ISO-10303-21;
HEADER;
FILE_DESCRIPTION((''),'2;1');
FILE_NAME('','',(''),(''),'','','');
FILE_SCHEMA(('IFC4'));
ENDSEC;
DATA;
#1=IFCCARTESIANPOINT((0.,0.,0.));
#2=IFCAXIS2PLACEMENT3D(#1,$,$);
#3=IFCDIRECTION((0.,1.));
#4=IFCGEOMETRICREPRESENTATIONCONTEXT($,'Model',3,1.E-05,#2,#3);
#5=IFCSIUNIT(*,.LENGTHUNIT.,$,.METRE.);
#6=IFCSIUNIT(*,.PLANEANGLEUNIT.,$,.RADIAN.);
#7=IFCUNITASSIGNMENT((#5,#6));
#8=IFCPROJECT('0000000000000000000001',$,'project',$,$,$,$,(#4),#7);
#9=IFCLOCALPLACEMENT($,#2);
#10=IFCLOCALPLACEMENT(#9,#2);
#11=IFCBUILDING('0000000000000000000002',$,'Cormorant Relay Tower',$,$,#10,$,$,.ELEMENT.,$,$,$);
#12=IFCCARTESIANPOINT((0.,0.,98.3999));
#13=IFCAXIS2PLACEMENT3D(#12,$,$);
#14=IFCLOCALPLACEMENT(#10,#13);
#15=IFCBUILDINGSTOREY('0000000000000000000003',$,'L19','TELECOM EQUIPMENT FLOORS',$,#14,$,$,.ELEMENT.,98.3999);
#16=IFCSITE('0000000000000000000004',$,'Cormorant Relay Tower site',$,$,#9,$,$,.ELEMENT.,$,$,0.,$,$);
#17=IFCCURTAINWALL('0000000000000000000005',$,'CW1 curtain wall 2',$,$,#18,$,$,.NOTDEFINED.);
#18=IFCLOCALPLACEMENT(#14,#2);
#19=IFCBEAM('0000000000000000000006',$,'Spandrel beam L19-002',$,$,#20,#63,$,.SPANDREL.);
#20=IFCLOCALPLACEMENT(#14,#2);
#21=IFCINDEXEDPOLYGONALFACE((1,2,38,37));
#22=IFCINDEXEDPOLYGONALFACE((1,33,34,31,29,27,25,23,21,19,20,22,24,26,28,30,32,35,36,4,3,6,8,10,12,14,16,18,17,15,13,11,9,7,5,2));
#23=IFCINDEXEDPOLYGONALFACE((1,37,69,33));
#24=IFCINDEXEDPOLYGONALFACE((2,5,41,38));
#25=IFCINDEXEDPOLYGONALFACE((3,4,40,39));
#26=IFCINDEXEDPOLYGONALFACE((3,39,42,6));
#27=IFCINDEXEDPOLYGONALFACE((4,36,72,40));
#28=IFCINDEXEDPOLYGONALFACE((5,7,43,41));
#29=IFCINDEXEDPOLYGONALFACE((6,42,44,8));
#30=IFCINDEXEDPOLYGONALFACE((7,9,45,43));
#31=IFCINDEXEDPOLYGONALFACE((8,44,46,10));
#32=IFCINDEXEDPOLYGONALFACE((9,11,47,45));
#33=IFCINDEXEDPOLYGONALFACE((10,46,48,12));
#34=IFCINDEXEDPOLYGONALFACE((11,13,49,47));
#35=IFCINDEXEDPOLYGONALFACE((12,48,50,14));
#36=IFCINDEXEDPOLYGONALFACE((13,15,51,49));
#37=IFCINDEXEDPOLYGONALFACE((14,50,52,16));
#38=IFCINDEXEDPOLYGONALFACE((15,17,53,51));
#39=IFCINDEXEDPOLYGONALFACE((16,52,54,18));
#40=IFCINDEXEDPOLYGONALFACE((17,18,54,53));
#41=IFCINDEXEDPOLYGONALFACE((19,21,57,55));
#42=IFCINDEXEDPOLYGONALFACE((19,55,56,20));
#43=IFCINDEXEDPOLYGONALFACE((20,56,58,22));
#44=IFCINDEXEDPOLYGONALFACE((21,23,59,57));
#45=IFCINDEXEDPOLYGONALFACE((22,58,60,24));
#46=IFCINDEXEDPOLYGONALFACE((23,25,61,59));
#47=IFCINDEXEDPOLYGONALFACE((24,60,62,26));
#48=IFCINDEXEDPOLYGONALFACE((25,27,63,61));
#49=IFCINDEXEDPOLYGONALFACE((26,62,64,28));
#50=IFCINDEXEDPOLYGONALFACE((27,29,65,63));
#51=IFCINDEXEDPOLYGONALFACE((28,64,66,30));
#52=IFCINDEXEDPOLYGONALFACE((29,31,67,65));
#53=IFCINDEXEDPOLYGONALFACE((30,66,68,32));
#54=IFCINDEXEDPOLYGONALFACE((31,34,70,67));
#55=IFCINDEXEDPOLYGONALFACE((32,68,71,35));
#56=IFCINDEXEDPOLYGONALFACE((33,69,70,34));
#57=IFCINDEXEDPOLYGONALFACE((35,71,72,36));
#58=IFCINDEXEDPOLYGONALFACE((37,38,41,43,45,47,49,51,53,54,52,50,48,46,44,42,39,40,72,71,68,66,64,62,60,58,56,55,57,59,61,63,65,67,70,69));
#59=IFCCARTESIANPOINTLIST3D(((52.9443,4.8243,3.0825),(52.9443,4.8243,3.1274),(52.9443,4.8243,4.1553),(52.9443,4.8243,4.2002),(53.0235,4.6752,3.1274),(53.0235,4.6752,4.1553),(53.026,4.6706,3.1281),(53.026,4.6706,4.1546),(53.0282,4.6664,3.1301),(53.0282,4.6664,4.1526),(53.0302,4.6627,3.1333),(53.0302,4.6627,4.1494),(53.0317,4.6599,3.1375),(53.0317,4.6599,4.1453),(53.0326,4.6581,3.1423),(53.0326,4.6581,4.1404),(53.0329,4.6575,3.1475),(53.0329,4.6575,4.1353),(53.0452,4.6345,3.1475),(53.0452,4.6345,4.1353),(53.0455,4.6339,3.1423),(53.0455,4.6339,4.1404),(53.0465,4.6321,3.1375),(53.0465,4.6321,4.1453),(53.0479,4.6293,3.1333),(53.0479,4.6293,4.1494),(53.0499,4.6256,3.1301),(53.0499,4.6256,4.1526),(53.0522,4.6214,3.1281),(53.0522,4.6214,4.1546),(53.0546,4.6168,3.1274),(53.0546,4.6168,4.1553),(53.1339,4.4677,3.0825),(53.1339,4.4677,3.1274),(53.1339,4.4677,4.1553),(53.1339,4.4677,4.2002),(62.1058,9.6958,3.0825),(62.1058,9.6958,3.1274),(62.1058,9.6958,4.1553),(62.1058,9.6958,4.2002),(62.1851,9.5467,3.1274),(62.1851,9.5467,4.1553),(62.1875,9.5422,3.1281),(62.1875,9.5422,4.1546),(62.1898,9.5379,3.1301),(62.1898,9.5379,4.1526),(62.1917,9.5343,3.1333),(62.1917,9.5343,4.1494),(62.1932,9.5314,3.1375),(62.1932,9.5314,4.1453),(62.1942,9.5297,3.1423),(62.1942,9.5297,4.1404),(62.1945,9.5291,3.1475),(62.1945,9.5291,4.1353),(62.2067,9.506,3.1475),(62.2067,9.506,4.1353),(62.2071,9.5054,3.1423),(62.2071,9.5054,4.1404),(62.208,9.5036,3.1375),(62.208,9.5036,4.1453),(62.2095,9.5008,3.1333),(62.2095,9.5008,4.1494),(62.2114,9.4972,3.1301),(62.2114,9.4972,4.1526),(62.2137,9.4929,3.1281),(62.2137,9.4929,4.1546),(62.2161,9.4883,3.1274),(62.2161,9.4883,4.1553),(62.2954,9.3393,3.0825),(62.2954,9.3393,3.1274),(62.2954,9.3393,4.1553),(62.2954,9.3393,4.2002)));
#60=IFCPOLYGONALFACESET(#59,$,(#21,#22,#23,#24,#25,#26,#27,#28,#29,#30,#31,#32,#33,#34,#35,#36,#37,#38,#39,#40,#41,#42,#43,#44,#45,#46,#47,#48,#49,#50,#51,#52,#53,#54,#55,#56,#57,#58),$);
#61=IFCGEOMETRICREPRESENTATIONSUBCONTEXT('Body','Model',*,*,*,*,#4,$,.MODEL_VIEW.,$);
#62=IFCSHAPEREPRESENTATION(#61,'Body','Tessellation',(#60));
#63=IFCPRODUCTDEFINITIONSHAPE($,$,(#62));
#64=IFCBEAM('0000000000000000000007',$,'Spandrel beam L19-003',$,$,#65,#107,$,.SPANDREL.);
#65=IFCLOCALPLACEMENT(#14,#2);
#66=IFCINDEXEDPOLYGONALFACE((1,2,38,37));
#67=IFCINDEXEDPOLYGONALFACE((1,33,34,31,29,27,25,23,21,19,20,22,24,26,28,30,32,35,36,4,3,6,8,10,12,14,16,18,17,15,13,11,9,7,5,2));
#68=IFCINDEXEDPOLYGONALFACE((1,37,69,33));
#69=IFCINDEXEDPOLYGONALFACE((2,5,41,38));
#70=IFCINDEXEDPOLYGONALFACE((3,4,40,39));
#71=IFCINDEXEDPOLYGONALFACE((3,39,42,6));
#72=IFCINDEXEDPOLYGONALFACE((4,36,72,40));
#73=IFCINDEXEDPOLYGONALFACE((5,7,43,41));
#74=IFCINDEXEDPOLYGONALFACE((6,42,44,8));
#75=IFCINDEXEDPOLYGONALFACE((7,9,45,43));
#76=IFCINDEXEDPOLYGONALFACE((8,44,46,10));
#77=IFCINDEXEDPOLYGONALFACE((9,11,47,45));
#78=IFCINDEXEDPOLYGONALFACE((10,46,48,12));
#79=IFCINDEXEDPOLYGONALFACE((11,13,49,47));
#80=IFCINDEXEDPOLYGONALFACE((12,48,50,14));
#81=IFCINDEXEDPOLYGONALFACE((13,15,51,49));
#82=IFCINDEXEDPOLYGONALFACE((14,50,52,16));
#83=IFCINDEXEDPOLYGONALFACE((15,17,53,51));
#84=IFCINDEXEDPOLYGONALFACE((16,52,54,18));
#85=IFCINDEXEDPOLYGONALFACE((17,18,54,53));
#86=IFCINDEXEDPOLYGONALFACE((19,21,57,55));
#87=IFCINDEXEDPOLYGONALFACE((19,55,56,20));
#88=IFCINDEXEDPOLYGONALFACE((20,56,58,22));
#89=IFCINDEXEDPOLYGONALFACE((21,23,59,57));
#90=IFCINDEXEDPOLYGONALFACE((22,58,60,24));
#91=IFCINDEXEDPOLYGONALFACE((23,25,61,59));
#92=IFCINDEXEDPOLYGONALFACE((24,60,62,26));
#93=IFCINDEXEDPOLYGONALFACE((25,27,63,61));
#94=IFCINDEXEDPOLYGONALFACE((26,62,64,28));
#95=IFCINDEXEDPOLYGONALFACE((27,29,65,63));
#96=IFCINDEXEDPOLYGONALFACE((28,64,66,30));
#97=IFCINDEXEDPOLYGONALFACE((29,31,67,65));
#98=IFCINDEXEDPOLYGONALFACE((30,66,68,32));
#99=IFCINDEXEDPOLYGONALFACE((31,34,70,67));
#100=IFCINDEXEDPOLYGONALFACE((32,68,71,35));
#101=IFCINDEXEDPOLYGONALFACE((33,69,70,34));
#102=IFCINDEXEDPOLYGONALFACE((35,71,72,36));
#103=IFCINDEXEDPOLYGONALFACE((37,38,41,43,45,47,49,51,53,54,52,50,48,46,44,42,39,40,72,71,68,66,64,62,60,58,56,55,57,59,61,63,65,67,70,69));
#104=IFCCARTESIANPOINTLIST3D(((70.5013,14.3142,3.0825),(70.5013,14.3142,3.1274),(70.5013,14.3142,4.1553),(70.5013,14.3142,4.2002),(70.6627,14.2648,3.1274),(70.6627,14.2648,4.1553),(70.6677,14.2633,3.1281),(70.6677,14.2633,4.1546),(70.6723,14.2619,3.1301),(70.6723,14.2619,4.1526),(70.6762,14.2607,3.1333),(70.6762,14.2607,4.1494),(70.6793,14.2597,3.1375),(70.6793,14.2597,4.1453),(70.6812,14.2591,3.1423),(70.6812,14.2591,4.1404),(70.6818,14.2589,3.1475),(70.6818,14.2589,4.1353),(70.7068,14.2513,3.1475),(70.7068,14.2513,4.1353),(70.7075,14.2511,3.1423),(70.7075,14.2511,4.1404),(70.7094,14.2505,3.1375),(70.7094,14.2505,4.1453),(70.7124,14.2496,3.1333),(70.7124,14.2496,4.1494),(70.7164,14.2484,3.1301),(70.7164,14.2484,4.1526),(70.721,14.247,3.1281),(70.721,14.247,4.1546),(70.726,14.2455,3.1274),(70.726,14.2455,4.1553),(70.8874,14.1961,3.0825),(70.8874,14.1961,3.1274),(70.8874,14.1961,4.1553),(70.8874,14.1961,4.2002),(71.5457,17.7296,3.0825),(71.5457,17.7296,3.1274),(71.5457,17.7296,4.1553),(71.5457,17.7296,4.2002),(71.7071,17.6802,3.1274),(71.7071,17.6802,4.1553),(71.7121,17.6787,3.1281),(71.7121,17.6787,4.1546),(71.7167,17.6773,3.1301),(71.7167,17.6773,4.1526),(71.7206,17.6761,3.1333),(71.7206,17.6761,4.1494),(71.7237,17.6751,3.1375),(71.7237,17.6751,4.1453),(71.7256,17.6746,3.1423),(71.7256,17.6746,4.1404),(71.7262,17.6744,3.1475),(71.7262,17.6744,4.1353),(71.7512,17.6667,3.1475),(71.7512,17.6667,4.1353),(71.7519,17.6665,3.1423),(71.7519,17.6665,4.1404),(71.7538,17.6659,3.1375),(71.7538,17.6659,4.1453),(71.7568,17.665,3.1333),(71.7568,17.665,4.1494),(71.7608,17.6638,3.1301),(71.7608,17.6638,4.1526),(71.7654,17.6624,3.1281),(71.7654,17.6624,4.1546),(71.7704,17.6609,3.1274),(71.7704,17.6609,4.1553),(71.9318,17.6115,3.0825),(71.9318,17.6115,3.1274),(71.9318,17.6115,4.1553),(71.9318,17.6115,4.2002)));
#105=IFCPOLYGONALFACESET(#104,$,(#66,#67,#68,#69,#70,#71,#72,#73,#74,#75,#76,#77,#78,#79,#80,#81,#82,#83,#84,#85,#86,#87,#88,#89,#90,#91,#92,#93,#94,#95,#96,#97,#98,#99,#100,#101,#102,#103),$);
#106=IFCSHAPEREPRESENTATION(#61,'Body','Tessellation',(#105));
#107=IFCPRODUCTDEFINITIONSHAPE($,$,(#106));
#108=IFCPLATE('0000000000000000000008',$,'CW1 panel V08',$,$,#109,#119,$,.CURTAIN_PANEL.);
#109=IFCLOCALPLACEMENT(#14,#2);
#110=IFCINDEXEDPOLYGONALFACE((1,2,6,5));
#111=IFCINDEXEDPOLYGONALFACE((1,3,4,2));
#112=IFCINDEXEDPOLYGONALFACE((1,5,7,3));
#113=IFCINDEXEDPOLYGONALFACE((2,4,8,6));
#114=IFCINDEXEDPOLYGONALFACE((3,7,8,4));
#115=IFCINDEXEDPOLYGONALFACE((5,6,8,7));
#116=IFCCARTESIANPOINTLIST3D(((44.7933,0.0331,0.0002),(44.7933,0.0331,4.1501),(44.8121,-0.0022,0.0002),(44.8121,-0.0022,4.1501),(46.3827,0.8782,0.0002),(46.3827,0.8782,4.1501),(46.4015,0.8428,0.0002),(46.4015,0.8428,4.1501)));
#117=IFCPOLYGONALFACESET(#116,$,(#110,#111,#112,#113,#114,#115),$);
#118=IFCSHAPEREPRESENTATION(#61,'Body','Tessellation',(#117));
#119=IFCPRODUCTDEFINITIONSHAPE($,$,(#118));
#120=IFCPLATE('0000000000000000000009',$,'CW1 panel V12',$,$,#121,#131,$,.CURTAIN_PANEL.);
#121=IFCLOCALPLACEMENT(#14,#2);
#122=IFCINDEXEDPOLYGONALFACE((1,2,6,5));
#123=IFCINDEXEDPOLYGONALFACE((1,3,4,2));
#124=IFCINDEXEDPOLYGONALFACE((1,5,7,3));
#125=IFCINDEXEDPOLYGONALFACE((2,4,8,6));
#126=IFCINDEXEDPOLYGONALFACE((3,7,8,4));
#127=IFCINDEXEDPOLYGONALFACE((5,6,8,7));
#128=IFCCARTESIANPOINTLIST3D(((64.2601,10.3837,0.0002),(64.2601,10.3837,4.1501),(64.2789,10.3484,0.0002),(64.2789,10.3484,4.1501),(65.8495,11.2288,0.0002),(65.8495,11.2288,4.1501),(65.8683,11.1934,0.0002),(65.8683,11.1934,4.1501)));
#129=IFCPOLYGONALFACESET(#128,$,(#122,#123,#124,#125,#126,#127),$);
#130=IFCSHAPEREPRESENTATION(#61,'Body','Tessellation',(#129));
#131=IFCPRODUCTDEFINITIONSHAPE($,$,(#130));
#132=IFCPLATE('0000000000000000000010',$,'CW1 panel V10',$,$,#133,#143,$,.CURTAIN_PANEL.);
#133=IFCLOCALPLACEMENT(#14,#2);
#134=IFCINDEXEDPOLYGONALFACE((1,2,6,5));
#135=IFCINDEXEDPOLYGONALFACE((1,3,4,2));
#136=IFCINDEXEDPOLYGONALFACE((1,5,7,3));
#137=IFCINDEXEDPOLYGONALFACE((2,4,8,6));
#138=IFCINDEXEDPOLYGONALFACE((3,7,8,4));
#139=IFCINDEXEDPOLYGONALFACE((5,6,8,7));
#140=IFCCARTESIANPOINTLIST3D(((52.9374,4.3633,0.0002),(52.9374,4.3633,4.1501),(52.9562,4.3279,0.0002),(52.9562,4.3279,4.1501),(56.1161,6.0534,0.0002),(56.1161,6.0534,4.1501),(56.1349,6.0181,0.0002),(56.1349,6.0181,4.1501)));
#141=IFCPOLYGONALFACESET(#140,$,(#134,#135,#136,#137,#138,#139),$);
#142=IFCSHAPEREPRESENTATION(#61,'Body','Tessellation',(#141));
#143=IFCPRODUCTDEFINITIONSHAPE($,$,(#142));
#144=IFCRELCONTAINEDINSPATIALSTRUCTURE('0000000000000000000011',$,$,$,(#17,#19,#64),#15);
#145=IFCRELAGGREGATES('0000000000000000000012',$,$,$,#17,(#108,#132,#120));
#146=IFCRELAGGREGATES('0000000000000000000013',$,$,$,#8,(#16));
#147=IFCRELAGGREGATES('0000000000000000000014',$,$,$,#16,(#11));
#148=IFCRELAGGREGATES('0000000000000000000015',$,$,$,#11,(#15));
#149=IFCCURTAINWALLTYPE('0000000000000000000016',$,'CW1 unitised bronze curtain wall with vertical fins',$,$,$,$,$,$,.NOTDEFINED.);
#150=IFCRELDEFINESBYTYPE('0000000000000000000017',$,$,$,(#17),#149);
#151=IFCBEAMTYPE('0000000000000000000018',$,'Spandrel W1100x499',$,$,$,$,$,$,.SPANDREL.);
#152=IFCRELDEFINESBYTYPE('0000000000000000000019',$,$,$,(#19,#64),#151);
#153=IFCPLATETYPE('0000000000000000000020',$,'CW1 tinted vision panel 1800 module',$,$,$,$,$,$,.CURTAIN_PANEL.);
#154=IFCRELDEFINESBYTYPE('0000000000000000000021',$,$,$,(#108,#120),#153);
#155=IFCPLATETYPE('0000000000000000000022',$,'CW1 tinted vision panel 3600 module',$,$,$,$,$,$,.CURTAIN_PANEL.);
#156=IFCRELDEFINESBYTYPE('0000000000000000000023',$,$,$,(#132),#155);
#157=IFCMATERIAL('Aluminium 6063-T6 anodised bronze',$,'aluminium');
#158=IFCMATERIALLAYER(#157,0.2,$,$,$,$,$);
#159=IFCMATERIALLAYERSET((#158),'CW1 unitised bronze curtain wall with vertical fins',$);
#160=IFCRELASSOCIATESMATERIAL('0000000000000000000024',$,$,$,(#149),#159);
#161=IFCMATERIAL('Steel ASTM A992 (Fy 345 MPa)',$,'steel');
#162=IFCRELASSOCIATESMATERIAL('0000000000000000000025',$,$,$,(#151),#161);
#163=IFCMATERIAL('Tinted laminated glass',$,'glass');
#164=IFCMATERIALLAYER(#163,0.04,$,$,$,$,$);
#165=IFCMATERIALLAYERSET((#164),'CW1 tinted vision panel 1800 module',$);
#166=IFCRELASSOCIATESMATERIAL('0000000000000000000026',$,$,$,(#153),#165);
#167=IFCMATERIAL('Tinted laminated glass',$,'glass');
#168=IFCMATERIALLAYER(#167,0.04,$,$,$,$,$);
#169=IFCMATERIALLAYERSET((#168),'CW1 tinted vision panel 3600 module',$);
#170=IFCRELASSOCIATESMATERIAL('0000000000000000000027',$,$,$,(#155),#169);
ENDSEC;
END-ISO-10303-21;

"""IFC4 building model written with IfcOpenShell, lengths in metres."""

from ifc_helpers import new_model, si_unit, direction, frame, origin, origin_2d, place, context, subcontext, project, spatial, rectangle, i_section, extrude, material, layer, layer_set, material_profile, profile_set, type_object, element, aggregate, save


model = new_model("IFC4")

# Units and contexts
model_context = context("Model", 3, precision=1e-05, world=origin(), true_north=direction((0.0, 1.0)))
body_context = subcontext(model_context, "Body", "Model", "MODEL_VIEW")
ifc_project = project(units=[si_unit("LENGTHUNIT", "METRE"), si_unit("PLANEANGLEUNIT", "RADIAN")], contexts=[model_context])

# Site, building, storey
site_placement = place(None, origin())
site = spatial("IfcSite", under=ifc_project, at=site_placement, Name="Cormorant Relay Tower site", CompositionType="ELEMENT", RefElevation=0.0)
building_placement = place(site_placement, origin())
building = spatial("IfcBuilding", under=site, at=building_placement, Name="Cormorant Relay Tower", CompositionType="ELEMENT")
storey_placement = place(building_placement, frame((0.0, 0.0, 98.3999)))
storey = spatial("IfcBuildingStorey", under=building, at=storey_placement, Name="L19", Description="TELECOM EQUIPMENT FLOORS", CompositionType="ELEMENT", Elevation=98.3999)

# Curtain wall
ifc_material_1 = material(Name="Aluminium 6063-T6 anodised bronze", Category="aluminium")
ifc_layer_1 = layer(ifc_material_1, 0.2)
ifc_layer_set_1 = layer_set([ifc_layer_1], Name="CW1 unitised bronze curtain wall with vertical fins")
curtain_wall_type = type_object("IfcCurtainWallType", Name="CW1 unitised bronze curtain wall with vertical fins", PredefinedType="NOTDEFINED", material=ifc_layer_set_1)
curtain_wall_1_placement = place(storey_placement, origin())
curtain_wall_1 = element("IfcCurtainWall", 1, at=curtain_wall_1_placement, inside=storey, type_object=curtain_wall_type, Name="CW1 curtain wall 2", PredefinedType="NOTDEFINED")

# Beams
ifc_material_2 = material(Name="Steel ASTM A992 (Fy 345 MPa)", Category="steel")
ifc_material_profile_1 = material_profile(ifc_material_2, i_section(OverallWidth=0.4038, OverallDepth=1.1177, WebThickness=0.0261, FlangeThickness=0.0449, FilletRadius=0.02, at=origin_2d()), Name="W1100x499")
ifc_profile_set_1 = profile_set([ifc_material_profile_1], Name="Steel ASTM A992 (Fy 345 MPa)")
beam_type = type_object("IfcBeamType", Name="Spandrel W1100x499", PredefinedType="SPANDREL", material=ifc_profile_set_1)
beam_1_placement = place(storey_placement, frame((53.0391, 4.646, 3.6414), z_axis=(0.882937, 0.469491, 0.0), x_axis=(-0.469491, 0.882937, 0.0)))
element("IfcBeam", 2, at=beam_1_placement, inside=storey, type_object=beam_type, Name="Spandrel beam L19-002", PredefinedType="SPANDREL", context=body_context, shape_type="SweptSolid", body=[
    extrude(i_section(OverallWidth=0.4038, OverallDepth=1.1177, WebThickness=0.0261, FlangeThickness=0.0449, FilletRadius=0.02, at=origin_2d()), origin(), (0.0, 0.0, 1.0), 10.3762),
])
beam_2_placement = place(storey_placement, frame((70.6943, 14.2551, 3.6414), z_axis=(0.292423, 0.956289, 0.0), x_axis=(-0.956289, 0.292423, 0.0)))
element("IfcBeam", 3, at=beam_2_placement, inside=storey, type_object=beam_type, Name="Spandrel beam L19-003", PredefinedType="SPANDREL", context=body_context, shape_type="SweptSolid", body=[
    extrude(i_section(OverallWidth=0.4038, OverallDepth=1.1177, WebThickness=0.0261, FlangeThickness=0.0449, FilletRadius=0.02, at=origin_2d()), origin(), (0.0, 0.0, 1.0), 3.5715),
])

# Plates
ifc_material_3 = material(Name="Tinted laminated glass", Category="glass")
ifc_layer_2 = layer(ifc_material_3, 0.04)
ifc_layer_set_2 = layer_set([ifc_layer_2], Name="CW1 tinted vision panel 1800 module")
plate_type_1 = type_object("IfcPlateType", Name="CW1 tinted vision panel 1800 module", PredefinedType="CURTAIN_PANEL", material=ifc_layer_set_2)
plate_1_placement = place(storey_placement, frame((45.5974, 0.438, 0.0002), z_axis=(0.0, 0.0, 1.0), x_axis=(0.882948, 0.469472, 0.0)))
plate_1 = element("IfcPlate", 4, at=plate_1_placement, type_object=plate_type_1, Name="CW1 panel V08", PredefinedType="CURTAIN_PANEL", context=body_context, shape_type="SweptSolid", body=[
    extrude(rectangle(XDim=1.8, YDim=0.04, at=origin_2d()), origin(), (0.0, 0.0, 1.0), 4.1499),
])
plate_2_placement = place(storey_placement, frame((65.0642, 10.7886, 0.0002), z_axis=(0.0, 0.0, 1.0), x_axis=(0.882948, 0.469472, 0.0)))
plate_2 = element("IfcPlate", 5, at=plate_2_placement, type_object=plate_type_1, Name="CW1 panel V12", PredefinedType="CURTAIN_PANEL", context=body_context, shape_type="SweptSolid", body=[
    extrude(rectangle(XDim=1.8, YDim=0.04, at=origin_2d()), origin(), (0.0, 0.0, 1.0), 4.1499),
])
ifc_material_4 = material(Name="Tinted laminated glass", Category="glass")
ifc_layer_3 = layer(ifc_material_4, 0.04)
ifc_layer_set_3 = layer_set([ifc_layer_3], Name="CW1 tinted vision panel 3600 module")
plate_type_2 = type_object("IfcPlateType", Name="CW1 tinted vision panel 3600 module", PredefinedType="CURTAIN_PANEL", material=ifc_layer_set_3)
plate_3_placement = place(storey_placement, frame((54.5361, 5.1907, 0.0002), z_axis=(0.0, 0.0, 1.0), x_axis=(0.882948, 0.469472, 0.0)))
plate_3 = element("IfcPlate", 6, at=plate_3_placement, type_object=plate_type_2, Name="CW1 panel V10", PredefinedType="CURTAIN_PANEL", context=body_context, shape_type="SweptSolid", body=[
    extrude(rectangle(XDim=3.6001, YDim=0.04, at=origin_2d()), origin(), (0.0, 0.0, 1.0), 4.1499),
])

aggregate(curtain_wall_1, [plate_1, plate_3, plate_2])

save(model, "model.ifc")
